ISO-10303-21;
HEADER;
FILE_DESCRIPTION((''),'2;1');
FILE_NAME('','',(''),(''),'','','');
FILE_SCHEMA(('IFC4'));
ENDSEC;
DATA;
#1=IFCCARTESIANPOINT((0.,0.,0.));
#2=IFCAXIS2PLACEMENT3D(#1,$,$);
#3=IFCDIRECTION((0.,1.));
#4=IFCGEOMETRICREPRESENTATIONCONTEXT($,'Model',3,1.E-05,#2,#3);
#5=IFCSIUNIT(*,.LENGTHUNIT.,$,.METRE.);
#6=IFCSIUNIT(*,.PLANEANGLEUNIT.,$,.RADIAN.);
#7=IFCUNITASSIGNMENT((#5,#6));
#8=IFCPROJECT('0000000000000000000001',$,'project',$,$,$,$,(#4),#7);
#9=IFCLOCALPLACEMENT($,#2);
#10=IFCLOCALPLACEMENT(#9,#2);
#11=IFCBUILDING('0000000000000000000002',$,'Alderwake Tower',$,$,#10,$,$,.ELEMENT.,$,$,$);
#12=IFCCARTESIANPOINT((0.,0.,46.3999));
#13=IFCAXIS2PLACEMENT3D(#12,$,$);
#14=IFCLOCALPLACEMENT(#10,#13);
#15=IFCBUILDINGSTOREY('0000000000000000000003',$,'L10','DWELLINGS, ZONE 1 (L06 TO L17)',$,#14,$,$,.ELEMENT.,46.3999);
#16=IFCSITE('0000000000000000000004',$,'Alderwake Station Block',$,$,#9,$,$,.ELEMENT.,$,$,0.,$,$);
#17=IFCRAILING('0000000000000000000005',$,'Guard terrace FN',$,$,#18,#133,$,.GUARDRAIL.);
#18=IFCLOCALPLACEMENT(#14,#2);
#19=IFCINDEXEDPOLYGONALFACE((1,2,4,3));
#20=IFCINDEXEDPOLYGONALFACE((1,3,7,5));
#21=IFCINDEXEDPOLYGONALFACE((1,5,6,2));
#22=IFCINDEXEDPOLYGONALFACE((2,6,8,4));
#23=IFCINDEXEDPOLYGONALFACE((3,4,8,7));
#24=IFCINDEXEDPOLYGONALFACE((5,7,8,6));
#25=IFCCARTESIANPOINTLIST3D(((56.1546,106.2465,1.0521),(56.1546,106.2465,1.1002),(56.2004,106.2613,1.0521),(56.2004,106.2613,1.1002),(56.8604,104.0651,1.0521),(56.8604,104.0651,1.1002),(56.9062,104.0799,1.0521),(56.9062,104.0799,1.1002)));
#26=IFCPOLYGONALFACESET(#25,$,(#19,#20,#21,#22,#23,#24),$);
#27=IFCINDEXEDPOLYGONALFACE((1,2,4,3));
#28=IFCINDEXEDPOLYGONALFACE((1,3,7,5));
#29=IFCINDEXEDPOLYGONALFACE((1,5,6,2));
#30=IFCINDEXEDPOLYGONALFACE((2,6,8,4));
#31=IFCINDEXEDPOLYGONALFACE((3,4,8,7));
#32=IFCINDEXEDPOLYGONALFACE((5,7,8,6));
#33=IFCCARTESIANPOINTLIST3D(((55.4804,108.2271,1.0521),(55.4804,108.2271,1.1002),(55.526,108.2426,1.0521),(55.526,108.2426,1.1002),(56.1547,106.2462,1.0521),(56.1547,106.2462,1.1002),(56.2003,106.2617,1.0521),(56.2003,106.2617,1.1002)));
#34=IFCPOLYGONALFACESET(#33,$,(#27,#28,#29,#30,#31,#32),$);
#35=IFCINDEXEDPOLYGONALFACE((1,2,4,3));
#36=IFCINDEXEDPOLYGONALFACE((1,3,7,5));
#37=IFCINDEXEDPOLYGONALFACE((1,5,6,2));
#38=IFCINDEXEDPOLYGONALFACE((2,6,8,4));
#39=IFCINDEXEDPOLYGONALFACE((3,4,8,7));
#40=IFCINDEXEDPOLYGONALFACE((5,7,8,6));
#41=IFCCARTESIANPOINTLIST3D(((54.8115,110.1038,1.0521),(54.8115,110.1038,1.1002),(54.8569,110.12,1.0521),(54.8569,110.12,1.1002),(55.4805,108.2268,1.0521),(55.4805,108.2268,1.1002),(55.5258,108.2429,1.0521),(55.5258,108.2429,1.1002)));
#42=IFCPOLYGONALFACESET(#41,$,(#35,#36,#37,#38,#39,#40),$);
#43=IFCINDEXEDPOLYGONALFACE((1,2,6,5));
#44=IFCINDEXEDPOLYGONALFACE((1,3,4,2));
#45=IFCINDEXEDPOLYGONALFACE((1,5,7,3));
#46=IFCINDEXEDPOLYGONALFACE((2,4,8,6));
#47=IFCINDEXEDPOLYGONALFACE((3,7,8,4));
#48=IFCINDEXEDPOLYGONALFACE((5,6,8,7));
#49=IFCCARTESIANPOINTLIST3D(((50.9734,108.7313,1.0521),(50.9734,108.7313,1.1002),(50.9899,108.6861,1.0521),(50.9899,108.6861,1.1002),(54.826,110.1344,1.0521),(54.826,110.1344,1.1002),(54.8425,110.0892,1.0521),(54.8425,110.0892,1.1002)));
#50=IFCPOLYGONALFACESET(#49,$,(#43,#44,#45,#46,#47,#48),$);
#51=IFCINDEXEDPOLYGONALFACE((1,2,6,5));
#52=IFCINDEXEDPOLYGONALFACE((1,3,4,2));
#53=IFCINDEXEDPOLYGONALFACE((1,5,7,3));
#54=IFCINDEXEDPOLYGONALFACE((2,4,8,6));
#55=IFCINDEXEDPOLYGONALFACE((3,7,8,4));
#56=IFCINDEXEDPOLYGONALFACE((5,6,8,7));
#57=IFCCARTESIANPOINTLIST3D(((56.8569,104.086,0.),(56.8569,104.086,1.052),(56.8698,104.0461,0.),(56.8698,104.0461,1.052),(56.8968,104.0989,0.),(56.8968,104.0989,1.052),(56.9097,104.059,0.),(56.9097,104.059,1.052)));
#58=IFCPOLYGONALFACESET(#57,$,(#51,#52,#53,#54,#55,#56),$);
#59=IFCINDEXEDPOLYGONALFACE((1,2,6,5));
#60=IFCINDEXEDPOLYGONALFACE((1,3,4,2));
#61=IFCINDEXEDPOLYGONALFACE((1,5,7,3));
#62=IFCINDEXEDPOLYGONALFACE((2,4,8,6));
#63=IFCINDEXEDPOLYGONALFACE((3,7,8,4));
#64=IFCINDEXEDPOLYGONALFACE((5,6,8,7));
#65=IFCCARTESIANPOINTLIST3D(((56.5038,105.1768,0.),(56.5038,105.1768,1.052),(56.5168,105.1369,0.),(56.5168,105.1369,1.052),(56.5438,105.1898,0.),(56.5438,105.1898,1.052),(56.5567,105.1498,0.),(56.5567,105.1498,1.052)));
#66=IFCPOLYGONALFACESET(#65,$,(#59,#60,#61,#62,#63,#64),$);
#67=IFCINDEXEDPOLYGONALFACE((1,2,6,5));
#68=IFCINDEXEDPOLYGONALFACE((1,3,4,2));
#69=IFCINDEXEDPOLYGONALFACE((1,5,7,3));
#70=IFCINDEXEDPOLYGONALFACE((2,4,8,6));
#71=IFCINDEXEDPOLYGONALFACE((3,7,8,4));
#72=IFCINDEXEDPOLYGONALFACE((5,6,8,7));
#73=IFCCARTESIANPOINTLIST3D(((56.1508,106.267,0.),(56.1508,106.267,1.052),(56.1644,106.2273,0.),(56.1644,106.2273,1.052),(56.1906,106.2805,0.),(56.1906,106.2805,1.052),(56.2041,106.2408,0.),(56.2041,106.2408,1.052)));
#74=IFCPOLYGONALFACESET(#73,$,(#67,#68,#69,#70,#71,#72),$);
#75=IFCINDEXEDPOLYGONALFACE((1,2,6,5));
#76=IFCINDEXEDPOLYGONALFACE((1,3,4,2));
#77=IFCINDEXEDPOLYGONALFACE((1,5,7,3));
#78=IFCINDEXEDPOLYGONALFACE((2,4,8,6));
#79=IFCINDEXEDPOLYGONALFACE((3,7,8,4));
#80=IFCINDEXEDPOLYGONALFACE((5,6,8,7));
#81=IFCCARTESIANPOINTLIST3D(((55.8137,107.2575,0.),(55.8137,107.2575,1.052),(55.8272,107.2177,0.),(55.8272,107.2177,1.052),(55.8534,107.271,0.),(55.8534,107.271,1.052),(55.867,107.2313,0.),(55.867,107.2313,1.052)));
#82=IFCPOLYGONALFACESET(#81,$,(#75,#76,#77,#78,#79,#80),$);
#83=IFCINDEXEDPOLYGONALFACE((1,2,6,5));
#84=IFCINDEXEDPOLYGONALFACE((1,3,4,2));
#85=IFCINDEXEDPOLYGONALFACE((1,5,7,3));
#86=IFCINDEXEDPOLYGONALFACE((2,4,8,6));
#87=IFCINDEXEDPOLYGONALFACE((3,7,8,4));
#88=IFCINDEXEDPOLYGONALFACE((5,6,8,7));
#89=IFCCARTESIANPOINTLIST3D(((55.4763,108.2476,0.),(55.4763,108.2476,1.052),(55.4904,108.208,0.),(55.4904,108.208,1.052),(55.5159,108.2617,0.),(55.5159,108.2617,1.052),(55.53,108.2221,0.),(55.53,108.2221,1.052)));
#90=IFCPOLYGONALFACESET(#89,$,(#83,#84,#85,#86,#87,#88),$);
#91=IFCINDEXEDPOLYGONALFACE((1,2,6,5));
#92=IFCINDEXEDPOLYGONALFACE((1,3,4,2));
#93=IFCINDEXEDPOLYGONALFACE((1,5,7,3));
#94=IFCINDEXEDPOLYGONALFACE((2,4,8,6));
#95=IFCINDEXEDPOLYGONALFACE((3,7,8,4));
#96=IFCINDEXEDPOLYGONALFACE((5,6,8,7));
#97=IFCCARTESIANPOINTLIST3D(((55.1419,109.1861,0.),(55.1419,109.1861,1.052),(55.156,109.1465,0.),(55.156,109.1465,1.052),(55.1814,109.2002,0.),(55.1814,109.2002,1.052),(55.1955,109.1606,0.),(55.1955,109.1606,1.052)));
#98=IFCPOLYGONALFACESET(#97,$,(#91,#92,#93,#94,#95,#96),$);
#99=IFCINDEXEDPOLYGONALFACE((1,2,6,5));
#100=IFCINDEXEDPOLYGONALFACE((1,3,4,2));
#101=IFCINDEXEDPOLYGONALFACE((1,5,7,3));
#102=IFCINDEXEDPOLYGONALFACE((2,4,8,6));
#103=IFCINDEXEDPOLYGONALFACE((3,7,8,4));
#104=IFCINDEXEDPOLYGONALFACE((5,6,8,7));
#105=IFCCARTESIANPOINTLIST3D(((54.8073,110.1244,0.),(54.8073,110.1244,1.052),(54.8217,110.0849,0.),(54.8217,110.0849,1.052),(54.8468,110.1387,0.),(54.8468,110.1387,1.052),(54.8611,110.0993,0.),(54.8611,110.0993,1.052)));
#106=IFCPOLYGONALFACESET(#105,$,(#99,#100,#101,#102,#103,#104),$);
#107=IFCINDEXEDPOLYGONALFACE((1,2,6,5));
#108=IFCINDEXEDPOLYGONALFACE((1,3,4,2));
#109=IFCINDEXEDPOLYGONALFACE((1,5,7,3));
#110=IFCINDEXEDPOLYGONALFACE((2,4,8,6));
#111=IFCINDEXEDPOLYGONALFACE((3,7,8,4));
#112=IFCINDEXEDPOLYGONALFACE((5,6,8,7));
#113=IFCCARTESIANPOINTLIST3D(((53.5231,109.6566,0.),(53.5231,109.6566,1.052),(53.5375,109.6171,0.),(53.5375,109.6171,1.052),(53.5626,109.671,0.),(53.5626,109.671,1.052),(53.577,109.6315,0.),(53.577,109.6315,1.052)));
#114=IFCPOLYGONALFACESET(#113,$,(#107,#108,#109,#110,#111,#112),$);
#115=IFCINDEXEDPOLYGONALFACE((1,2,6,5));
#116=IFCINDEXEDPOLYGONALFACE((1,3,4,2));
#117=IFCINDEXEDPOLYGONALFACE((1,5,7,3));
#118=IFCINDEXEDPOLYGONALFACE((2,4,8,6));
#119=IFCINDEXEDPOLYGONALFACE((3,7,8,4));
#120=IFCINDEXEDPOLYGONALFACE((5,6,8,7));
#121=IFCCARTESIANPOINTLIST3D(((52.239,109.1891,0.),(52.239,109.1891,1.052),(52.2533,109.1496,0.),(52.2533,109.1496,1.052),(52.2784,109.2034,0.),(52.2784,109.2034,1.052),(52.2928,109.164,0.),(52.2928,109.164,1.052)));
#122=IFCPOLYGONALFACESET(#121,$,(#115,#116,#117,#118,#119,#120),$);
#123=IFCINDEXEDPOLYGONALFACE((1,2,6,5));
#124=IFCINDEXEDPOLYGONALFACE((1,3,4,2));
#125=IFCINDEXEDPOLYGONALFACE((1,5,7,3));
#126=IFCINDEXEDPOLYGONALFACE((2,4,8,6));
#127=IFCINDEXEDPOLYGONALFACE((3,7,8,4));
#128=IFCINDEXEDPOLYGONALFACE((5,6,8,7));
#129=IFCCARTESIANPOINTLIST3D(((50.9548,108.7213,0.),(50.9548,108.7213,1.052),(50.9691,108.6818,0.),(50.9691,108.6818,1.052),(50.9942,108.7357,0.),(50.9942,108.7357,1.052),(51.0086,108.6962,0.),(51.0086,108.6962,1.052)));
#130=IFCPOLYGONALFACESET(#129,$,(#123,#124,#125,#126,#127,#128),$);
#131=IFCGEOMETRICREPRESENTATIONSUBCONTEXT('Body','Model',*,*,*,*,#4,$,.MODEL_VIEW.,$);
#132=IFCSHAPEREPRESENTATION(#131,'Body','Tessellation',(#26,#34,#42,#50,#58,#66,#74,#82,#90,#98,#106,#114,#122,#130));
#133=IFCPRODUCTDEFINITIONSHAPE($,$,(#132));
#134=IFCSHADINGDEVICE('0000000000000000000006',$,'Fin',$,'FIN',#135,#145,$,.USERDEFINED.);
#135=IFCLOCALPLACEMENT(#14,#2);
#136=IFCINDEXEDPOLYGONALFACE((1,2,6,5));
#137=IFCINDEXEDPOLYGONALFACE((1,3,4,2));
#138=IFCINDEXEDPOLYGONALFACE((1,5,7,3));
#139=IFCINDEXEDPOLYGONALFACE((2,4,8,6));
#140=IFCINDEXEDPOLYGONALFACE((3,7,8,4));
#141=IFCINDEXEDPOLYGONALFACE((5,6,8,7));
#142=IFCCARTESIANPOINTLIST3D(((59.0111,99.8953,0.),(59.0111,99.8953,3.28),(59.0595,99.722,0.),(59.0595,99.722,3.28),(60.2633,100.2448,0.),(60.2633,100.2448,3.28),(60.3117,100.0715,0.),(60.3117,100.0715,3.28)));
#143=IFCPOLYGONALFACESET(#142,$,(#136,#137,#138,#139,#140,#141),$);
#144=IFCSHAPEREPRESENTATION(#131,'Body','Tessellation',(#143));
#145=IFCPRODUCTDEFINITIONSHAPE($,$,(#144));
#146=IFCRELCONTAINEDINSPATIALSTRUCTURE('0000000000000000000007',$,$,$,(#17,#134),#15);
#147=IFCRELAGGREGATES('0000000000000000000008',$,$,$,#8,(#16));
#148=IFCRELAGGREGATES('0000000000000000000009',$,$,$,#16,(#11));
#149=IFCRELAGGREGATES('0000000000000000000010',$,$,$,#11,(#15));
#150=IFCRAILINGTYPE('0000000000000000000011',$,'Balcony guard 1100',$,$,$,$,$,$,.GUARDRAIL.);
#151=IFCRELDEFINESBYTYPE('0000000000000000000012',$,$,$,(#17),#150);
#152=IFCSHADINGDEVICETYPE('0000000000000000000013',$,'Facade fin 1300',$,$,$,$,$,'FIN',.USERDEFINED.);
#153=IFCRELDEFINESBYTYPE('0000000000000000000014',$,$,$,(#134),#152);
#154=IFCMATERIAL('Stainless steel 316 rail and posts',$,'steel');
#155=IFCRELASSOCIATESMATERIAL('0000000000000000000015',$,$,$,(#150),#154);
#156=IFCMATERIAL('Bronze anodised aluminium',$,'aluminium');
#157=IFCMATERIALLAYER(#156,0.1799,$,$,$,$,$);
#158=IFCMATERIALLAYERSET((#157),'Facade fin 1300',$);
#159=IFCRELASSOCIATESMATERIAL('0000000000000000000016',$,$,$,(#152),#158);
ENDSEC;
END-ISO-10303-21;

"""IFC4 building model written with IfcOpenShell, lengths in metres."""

from ifc_helpers import new_model, si_unit, direction, frame, origin, origin_2d, place, context, subcontext, project, spatial, rectangle, extrude, material, layer, layer_set, type_object, element, save


model = new_model("IFC4")

# Units and contexts
model_context = context("Model", 3, precision=1e-05, world=origin(), true_north=direction((0.0, 1.0)))
body_context = subcontext(model_context, "Body", "Model", "MODEL_VIEW")
ifc_project = project(units=[si_unit("LENGTHUNIT", "METRE"), si_unit("PLANEANGLEUNIT", "RADIAN")], contexts=[model_context])

# Site, building, storey
site_placement = place(None, origin())
site = spatial("IfcSite", under=ifc_project, at=site_placement, Name="Alderwake Station Block", CompositionType="ELEMENT", RefElevation=0.0)
building_placement = place(site_placement, origin())
building = spatial("IfcBuilding", under=site, at=building_placement, Name="Alderwake Tower", CompositionType="ELEMENT")
storey_placement = place(building_placement, frame((0.0, 0.0, 46.3999)))
storey = spatial("IfcBuildingStorey", under=building, at=storey_placement, Name="L10", Description="DWELLINGS, ZONE 1 (L06 TO L17)", CompositionType="ELEMENT", Elevation=46.3999)

# Railing
ifc_material_1 = material(Name="Stainless steel 316 rail and posts", Category="steel")
railing_type = type_object("IfcRailingType", Name="Balcony guard 1100", PredefinedType="GUARDRAIL", material=ifc_material_1)
railing_placement = place(storey_placement, frame((56.8833, 104.0725, 0.0)))
element("IfcRailing", 1, at=railing_placement, inside=storey, type_object=railing_type, Name="Guard terrace FN", PredefinedType="GUARDRAIL", context=body_context, shape_type="SweptSolid", body=[
    extrude(rectangle(XDim=0.0481, YDim=0.0481, at=origin_2d()), frame((0.0, 0.0, 1.0762), z_axis=(-0.307846, 0.951436, 0.0), x_axis=(-0.951436, -0.307846, 0.0)), (0.0, 0.0, 1.0), 2.2927),
    extrude(rectangle(XDim=0.0481, YDim=0.0481, at=origin_2d()), frame((-0.7058, 2.1814, 1.0762), z_axis=(-0.322242, 0.946657, 0.0), x_axis=(-0.946657, -0.322242, 0.0)), (0.0, 0.0, 1.0), 2.0925),
    extrude(rectangle(XDim=0.0481, YDim=0.0481, at=origin_2d()), frame((-1.3801, 4.1624, 1.0762), z_axis=(-0.335715, 0.941963, 0.0), x_axis=(-0.941963, -0.335715, 0.0)), (0.0, 0.0, 1.0), 1.9927),
    extrude(rectangle(XDim=0.0481, YDim=0.0481, at=origin_2d()), frame((-2.0491, 6.0393, 1.0762), z_axis=(-0.939625, -0.342207, 0.0), x_axis=(0.342207, -0.939625, 0.0)), (0.0, 0.0, 1.0), 4.1001),
    extrude(rectangle(XDim=0.042, YDim=0.042, at=origin_2d()), frame((0.0, 0.0, 0.0), z_axis=(0.0, 0.0, 1.0), x_axis=(-0.307846, 0.951436, 0.0)), (0.0, 0.0, 1.0), 1.052),
    extrude(rectangle(XDim=0.042, YDim=0.042, at=origin_2d()), frame((-0.353, 1.0908, 0.0), z_axis=(0.0, 0.0, 1.0), x_axis=(-0.307846, 0.951436, 0.0)), (0.0, 0.0, 1.0), 1.052),
    extrude(rectangle(XDim=0.042, YDim=0.042, at=origin_2d()), frame((-0.7058, 2.1814, 0.0), z_axis=(0.0, 0.0, 1.0), x_axis=(-0.322242, 0.946657, 0.0)), (0.0, 0.0, 1.0), 1.052),
    extrude(rectangle(XDim=0.042, YDim=0.042, at=origin_2d()), frame((-1.043, 3.1719, 0.0), z_axis=(0.0, 0.0, 1.0), x_axis=(-0.322242, 0.946657, 0.0)), (0.0, 0.0, 1.0), 1.052),
    extrude(rectangle(XDim=0.042, YDim=0.042, at=origin_2d()), frame((-1.3801, 4.1624, 0.0), z_axis=(0.0, 0.0, 1.0), x_axis=(-0.335715, 0.941963, 0.0)), (0.0, 0.0, 1.0), 1.052),
    extrude(rectangle(XDim=0.042, YDim=0.042, at=origin_2d()), frame((-1.7146, 5.1008, 0.0), z_axis=(0.0, 0.0, 1.0), x_axis=(-0.335715, 0.941963, 0.0)), (0.0, 0.0, 1.0), 1.052),
    extrude(rectangle(XDim=0.042, YDim=0.042, at=origin_2d()), frame((-2.0491, 6.0393, 0.0), z_axis=(0.0, 0.0, 1.0), x_axis=(-0.939625, -0.342207, 0.0)), (0.0, 0.0, 1.0), 1.052),
    extrude(rectangle(XDim=0.042, YDim=0.042, at=origin_2d()), frame((-3.3333, 5.5715, 0.0), z_axis=(0.0, 0.0, 1.0), x_axis=(-0.939625, -0.342207, 0.0)), (0.0, 0.0, 1.0), 1.052),
    extrude(rectangle(XDim=0.042, YDim=0.042, at=origin_2d()), frame((-4.6174, 5.104, 0.0), z_axis=(0.0, 0.0, 1.0), x_axis=(-0.939625, -0.342207, 0.0)), (0.0, 0.0, 1.0), 1.052),
    extrude(rectangle(XDim=0.042, YDim=0.042, at=origin_2d()), frame((-5.9016, 4.6362, 0.0), z_axis=(0.0, 0.0, 1.0), x_axis=(-0.939625, -0.342207, 0.0)), (0.0, 0.0, 1.0), 1.052),
])

# Shading device
ifc_material_2 = material(Name="Bronze anodised aluminium", Category="aluminium")
ifc_layer_1 = layer(ifc_material_2, 0.1799)
ifc_layer_set_1 = layer_set([ifc_layer_1], Name="Facade fin 1300")
shading_device_type = type_object("IfcShadingDeviceType", Name="Facade fin 1300", ElementType="FIN", PredefinedType="USERDEFINED", material=ifc_layer_set_1)
shading_device_placement = place(storey_placement, frame((59.6614, 99.9834, 0.0), z_axis=(0.0, 0.0, 1.0), x_axis=(0.963182, 0.268851, 0.0)))
element("IfcShadingDevice", 2, at=shading_device_placement, inside=storey, type_object=shading_device_type, Name="Fin", ObjectType="FIN", PredefinedType="USERDEFINED", context=body_context, shape_type="SweptSolid", body=[
    extrude(rectangle(XDim=1.3, YDim=0.1799, at=origin_2d()), origin(), (0.0, 0.0, 1.0), 3.28),
])

save(model, "model.ifc")
